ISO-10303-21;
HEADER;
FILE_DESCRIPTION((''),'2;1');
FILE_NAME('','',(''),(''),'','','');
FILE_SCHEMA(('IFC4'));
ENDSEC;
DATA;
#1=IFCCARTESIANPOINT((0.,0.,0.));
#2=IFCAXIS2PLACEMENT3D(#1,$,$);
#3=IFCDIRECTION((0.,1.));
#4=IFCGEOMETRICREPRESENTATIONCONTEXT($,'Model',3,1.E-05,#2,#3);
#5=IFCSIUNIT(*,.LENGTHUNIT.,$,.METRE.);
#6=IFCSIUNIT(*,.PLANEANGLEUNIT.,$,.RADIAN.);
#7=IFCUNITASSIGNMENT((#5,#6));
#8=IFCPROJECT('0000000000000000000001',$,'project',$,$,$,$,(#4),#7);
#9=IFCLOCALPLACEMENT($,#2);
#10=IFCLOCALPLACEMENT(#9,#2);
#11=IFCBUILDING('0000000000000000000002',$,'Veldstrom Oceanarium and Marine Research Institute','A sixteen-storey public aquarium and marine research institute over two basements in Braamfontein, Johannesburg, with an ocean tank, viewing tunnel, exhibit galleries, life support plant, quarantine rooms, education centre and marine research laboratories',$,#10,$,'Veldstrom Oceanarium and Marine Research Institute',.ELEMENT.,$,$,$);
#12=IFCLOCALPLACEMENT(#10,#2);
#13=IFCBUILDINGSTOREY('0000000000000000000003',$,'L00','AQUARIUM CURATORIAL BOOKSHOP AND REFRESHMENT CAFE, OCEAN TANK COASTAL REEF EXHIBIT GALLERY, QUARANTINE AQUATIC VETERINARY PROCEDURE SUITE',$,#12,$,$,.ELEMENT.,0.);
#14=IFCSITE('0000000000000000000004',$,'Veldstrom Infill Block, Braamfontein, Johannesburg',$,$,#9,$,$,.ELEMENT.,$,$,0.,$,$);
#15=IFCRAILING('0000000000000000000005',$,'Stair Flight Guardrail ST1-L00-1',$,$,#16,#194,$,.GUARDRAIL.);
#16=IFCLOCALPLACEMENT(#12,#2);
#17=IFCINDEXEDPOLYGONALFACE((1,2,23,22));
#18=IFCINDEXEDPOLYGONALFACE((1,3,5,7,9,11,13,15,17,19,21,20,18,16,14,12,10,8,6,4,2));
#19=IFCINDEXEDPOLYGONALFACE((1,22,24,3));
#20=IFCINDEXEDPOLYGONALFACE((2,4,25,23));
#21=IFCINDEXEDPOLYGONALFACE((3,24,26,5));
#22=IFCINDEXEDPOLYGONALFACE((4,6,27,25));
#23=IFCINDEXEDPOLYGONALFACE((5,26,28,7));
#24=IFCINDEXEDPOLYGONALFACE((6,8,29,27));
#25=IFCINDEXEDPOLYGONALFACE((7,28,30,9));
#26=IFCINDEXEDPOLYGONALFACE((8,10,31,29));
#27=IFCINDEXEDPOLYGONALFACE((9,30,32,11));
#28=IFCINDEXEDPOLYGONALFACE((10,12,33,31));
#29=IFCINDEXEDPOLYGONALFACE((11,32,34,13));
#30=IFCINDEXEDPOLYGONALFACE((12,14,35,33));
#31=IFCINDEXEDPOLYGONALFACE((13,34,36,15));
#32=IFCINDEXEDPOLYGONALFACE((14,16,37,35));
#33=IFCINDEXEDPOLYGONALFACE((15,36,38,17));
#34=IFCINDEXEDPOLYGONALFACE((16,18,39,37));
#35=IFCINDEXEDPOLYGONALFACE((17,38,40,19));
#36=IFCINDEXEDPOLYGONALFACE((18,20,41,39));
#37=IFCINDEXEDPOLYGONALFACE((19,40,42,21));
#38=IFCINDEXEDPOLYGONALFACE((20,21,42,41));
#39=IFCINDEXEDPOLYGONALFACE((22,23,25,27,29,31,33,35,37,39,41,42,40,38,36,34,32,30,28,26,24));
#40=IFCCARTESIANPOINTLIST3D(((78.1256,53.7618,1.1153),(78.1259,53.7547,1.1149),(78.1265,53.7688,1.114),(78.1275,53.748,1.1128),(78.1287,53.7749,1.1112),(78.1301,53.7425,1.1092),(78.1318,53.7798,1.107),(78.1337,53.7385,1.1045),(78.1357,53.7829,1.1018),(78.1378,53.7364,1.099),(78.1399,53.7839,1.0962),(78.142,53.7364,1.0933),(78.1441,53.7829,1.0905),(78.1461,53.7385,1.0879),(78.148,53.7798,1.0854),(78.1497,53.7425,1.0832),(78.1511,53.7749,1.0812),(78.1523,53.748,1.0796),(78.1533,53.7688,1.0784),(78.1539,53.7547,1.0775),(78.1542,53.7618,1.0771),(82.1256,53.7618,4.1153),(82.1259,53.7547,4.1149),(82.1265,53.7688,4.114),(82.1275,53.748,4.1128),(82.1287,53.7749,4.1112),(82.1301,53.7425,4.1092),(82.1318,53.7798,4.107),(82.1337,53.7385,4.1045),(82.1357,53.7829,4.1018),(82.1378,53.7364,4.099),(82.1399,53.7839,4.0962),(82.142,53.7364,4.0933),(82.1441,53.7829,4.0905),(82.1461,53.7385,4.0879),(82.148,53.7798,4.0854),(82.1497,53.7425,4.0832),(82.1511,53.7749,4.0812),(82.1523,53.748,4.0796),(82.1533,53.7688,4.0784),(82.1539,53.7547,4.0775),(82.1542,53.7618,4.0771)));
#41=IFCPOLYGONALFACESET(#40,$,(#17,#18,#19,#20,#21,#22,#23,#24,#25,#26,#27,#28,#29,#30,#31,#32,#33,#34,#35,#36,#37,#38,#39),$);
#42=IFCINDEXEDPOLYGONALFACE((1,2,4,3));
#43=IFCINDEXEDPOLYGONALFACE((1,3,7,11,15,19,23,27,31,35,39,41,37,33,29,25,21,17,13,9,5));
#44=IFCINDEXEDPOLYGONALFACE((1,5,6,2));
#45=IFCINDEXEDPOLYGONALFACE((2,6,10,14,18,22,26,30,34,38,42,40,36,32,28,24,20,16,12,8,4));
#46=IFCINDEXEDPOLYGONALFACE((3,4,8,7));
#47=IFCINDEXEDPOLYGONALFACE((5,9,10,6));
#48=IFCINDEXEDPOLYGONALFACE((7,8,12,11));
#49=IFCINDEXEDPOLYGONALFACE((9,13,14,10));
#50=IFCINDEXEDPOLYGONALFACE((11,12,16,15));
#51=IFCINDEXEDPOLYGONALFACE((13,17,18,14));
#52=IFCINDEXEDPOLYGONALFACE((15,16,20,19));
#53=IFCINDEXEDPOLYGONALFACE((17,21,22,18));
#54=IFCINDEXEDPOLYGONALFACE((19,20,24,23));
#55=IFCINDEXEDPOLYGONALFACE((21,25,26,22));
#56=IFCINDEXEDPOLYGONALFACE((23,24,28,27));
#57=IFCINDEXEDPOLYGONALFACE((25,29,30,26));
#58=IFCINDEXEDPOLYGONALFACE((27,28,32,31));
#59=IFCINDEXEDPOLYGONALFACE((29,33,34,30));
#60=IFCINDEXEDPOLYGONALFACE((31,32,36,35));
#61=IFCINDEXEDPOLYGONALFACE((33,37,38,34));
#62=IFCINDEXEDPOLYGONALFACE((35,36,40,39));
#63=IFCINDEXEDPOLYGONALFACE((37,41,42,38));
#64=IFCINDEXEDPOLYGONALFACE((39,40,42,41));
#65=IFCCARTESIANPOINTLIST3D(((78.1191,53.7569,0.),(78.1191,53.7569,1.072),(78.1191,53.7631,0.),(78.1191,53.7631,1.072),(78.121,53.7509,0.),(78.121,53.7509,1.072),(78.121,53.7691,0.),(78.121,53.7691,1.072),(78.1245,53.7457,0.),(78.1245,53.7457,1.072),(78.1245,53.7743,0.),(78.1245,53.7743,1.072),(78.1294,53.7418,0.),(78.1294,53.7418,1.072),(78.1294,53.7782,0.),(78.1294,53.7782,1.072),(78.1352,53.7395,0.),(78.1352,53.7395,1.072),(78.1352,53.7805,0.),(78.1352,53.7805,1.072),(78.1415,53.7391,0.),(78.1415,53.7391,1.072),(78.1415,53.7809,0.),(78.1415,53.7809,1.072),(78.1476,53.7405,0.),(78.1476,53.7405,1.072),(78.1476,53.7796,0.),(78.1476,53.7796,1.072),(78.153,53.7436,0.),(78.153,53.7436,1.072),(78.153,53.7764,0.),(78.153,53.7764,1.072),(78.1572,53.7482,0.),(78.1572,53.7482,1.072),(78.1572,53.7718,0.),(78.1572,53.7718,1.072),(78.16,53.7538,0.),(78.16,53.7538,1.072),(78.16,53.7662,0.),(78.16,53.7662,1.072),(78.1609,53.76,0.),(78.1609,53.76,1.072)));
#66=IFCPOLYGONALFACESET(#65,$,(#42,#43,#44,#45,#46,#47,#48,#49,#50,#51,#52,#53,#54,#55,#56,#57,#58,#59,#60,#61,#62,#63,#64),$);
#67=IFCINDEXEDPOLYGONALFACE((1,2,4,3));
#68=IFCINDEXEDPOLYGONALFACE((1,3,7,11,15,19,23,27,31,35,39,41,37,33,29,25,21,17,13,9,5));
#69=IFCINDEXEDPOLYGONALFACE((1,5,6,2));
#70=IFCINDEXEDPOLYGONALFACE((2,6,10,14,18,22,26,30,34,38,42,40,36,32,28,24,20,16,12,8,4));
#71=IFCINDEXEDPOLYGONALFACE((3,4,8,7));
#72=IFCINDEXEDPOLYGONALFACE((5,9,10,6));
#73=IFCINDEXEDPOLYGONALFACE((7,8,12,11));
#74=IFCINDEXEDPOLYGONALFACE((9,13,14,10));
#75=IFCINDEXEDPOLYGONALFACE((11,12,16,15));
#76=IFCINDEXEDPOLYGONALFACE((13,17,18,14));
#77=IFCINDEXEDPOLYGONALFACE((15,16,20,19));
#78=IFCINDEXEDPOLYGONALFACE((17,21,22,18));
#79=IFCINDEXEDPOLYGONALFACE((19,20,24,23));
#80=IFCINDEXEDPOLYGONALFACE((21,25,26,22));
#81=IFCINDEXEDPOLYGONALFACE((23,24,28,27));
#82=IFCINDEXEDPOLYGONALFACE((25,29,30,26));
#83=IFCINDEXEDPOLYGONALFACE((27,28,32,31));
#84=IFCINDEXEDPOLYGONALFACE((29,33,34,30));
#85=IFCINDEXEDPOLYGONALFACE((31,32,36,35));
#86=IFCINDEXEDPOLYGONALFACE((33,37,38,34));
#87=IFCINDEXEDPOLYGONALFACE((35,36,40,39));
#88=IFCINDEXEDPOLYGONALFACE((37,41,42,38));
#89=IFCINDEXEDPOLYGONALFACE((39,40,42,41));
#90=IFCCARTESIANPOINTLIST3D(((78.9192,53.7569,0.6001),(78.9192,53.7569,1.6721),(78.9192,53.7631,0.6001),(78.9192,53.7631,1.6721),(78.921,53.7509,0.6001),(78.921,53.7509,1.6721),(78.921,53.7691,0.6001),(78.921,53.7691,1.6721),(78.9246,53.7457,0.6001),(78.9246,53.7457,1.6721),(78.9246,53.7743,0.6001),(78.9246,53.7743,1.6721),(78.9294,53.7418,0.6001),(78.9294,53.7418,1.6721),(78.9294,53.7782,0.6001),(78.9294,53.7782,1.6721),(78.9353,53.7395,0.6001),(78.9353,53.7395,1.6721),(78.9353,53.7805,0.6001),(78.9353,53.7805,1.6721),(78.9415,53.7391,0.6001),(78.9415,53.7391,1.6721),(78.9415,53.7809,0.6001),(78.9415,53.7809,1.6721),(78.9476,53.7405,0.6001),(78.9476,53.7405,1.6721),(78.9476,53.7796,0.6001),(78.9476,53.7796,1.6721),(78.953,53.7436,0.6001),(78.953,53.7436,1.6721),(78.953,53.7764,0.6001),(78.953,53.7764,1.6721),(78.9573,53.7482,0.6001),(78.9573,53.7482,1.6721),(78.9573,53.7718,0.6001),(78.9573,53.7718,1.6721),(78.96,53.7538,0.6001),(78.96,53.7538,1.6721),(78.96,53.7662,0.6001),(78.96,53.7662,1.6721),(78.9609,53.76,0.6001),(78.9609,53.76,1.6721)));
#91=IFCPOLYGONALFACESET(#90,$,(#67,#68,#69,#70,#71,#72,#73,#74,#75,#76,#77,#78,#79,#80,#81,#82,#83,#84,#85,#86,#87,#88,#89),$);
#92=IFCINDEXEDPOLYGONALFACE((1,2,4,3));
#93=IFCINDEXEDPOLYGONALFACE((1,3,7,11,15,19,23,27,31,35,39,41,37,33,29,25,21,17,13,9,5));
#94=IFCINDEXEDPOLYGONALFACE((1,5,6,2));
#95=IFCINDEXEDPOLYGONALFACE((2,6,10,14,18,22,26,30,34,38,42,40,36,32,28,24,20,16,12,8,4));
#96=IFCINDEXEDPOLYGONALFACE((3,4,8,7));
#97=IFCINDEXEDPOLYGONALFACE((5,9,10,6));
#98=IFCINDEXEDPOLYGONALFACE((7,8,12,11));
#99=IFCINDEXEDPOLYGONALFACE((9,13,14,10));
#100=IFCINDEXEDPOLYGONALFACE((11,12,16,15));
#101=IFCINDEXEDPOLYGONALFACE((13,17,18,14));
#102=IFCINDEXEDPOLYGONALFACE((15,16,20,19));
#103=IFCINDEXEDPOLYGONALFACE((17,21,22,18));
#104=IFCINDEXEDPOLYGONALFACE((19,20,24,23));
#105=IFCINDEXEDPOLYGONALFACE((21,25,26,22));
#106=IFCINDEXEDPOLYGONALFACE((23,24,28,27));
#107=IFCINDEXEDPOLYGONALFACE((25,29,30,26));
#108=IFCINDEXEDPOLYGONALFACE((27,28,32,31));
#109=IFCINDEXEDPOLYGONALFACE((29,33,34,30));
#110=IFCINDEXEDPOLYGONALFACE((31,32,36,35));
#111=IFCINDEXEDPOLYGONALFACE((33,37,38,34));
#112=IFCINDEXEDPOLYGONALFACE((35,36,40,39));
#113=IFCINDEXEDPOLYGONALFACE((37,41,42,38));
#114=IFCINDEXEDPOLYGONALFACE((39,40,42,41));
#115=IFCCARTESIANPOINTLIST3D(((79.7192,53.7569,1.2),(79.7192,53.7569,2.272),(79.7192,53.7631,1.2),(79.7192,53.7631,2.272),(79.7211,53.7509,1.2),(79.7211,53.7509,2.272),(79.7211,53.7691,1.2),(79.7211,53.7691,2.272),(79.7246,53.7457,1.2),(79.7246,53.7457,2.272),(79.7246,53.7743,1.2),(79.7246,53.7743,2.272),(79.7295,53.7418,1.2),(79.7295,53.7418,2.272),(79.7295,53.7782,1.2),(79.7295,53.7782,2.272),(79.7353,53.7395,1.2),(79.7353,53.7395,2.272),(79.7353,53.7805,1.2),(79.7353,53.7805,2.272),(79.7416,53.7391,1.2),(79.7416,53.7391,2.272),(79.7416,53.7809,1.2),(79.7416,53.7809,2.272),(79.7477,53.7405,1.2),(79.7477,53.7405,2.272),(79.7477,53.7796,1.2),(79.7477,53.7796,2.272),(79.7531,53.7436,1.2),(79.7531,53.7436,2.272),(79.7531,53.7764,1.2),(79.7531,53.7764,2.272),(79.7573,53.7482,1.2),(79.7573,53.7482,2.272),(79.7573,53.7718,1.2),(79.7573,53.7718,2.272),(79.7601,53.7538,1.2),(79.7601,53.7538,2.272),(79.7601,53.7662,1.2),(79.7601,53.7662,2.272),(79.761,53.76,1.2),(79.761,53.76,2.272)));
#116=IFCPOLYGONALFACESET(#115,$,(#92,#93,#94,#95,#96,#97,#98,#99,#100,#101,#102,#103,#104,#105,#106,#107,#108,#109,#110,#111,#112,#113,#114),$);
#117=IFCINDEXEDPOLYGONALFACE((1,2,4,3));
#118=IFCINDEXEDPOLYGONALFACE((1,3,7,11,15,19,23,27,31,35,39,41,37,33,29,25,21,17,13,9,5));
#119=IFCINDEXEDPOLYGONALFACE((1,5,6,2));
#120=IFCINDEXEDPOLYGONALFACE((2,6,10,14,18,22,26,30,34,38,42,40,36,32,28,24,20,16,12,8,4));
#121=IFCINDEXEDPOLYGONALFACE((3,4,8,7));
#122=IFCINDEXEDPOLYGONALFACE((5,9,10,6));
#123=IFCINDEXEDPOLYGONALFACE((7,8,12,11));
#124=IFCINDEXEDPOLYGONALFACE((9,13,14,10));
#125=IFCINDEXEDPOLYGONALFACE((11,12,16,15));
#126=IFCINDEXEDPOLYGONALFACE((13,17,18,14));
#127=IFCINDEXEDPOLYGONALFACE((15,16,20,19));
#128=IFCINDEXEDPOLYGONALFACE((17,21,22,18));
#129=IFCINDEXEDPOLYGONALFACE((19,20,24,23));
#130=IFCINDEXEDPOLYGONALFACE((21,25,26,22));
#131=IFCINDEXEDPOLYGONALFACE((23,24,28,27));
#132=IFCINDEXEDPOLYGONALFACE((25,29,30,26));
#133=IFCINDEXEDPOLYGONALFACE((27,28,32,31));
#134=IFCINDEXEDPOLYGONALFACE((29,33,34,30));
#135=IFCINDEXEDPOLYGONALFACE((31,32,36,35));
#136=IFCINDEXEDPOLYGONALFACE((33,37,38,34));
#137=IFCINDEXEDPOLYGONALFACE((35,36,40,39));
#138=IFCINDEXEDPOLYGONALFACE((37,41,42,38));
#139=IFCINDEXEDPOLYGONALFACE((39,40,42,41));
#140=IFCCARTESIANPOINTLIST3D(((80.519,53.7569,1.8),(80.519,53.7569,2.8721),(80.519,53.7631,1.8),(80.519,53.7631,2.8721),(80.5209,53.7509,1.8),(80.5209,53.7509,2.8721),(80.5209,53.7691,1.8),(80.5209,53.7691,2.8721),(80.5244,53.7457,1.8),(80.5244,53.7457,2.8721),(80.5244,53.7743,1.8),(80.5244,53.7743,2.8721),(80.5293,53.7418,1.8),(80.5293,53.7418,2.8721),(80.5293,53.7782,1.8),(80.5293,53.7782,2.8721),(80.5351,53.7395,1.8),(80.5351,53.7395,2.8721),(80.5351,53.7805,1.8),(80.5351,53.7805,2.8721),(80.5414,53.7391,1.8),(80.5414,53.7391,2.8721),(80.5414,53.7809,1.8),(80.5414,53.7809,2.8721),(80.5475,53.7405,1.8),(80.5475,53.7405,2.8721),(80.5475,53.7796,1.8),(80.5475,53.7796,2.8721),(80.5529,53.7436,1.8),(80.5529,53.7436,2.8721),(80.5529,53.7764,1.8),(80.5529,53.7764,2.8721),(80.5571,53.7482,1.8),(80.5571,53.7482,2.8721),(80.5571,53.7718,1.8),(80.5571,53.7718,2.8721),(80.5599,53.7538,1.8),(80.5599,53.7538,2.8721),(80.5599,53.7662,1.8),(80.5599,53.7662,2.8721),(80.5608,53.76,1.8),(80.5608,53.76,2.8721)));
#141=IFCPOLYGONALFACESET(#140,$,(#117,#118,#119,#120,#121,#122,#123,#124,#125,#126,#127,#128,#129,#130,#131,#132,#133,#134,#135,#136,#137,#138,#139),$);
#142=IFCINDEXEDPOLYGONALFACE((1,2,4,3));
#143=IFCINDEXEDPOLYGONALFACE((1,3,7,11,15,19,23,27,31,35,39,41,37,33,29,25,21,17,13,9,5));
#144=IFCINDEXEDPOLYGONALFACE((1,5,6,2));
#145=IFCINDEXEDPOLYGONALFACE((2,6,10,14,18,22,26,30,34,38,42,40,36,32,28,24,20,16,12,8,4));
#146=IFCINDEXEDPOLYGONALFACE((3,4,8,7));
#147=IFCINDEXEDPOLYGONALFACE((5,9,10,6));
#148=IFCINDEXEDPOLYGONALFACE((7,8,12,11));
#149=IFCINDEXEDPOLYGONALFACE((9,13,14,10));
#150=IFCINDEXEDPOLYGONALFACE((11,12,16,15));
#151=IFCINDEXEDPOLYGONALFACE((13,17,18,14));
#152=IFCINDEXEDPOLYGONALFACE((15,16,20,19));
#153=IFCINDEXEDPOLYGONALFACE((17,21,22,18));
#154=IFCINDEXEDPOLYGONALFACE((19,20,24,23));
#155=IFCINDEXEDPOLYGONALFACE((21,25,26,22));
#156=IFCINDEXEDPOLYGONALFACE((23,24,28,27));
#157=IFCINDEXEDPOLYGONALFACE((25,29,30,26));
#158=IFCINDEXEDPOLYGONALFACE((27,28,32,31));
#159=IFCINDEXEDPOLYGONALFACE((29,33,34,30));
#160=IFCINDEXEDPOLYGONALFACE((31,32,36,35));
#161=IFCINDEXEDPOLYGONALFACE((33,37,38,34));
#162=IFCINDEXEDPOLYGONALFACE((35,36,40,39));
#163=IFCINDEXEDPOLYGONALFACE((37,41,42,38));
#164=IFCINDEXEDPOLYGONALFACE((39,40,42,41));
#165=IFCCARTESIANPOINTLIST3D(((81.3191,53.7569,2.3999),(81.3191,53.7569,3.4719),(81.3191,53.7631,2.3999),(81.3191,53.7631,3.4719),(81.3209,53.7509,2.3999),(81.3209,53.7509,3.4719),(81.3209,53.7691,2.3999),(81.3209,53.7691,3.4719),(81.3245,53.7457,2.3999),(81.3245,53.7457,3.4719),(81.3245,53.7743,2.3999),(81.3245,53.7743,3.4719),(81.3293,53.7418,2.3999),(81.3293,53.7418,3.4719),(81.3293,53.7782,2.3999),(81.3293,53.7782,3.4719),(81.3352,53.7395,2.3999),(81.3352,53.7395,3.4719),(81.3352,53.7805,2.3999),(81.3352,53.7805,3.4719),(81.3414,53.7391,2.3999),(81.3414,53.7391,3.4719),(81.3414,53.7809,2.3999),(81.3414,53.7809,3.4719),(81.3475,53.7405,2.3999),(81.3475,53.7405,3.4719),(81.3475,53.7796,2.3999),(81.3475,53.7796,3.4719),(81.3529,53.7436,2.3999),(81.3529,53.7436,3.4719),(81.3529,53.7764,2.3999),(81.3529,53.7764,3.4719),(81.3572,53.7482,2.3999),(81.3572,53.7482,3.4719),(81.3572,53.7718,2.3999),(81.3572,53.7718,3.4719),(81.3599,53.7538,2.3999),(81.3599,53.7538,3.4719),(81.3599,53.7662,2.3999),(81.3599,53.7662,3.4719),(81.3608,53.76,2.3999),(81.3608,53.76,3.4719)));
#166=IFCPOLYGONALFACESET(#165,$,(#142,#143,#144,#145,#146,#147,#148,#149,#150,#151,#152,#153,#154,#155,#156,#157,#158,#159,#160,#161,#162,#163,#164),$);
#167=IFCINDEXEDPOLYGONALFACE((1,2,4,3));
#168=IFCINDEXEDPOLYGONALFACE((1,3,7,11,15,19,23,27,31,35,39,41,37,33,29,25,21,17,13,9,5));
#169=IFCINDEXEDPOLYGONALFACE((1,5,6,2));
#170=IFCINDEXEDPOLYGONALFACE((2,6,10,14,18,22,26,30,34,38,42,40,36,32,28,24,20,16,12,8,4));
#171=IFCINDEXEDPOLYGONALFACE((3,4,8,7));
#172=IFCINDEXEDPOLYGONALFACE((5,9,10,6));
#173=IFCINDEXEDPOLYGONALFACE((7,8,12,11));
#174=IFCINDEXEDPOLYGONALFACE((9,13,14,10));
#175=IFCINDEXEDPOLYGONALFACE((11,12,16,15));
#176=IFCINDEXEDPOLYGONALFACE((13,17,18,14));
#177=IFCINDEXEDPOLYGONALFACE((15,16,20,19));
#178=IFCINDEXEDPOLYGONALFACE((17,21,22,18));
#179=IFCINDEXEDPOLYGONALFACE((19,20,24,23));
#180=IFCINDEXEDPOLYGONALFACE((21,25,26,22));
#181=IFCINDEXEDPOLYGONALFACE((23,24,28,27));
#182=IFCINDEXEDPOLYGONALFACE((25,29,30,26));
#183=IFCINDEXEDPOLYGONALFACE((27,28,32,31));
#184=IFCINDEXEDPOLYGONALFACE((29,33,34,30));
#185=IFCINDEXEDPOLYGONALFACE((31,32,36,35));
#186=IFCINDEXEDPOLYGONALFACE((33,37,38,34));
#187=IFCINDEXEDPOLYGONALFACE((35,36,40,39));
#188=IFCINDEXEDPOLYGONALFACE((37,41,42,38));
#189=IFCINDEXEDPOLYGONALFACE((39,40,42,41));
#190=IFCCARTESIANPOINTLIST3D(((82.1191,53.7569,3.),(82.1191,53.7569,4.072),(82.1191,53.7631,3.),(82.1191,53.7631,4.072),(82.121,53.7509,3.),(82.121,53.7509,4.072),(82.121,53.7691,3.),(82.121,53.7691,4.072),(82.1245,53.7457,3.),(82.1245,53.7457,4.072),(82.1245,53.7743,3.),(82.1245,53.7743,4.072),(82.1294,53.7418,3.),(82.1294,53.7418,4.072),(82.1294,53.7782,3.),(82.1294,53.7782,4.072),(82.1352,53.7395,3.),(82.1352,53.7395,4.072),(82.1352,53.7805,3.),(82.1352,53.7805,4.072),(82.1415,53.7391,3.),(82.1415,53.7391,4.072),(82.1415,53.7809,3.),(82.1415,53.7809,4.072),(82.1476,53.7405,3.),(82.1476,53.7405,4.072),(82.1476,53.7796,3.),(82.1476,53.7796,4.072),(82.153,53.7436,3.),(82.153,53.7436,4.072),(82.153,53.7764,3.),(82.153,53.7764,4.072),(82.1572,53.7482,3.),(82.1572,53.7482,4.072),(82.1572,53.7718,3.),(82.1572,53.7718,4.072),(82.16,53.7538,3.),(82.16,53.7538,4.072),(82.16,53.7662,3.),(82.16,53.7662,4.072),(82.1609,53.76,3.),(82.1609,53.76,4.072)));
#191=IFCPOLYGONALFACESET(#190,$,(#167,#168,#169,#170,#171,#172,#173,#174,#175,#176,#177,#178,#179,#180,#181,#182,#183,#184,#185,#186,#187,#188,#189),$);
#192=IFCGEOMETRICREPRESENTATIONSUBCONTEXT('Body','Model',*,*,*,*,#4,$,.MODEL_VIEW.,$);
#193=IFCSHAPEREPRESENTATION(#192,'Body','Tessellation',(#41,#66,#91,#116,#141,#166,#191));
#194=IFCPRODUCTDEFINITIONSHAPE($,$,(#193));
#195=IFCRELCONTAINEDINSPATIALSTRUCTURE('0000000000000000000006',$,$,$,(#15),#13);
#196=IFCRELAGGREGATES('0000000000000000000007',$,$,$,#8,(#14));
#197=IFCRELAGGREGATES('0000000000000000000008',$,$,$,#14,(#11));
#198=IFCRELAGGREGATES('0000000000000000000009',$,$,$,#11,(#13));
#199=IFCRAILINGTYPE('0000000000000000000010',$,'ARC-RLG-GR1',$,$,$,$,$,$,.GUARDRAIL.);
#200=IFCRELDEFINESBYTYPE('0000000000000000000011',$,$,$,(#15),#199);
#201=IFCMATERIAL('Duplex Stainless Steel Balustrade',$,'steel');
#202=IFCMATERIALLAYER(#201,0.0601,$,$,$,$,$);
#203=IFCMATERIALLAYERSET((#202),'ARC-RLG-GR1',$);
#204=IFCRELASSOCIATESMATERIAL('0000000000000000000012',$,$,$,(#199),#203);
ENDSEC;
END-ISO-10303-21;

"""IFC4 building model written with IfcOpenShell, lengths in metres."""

from ifc_helpers import new_model, si_unit, direction, frame, origin, origin_2d, place, context, subcontext, project, spatial, circle, extrude, material, layer, layer_set, type_object, element, save


model = new_model("IFC4")

# Units and contexts
model_context = context("Model", 3, precision=1e-05, world=origin(), true_north=direction((0.0, 1.0)))
body_context = subcontext(model_context, "Body", "Model", "MODEL_VIEW")
ifc_project = project(units=[si_unit("LENGTHUNIT", "METRE"), si_unit("PLANEANGLEUNIT", "RADIAN")], contexts=[model_context])

# Site, building, storey
site_placement = place(None, origin())
site = spatial("IfcSite", under=ifc_project, at=site_placement, Name="Veldstrom Infill Block, Braamfontein, Johannesburg", CompositionType="ELEMENT", RefElevation=0.0)
building_placement = place(site_placement, origin())
building = spatial("IfcBuilding", under=site, at=building_placement, Name="Veldstrom Oceanarium and Marine Research Institute", Description="A sixteen-storey public aquarium and marine research institute over two basements in Braamfontein, Johannesburg, with an ocean tank, viewing tunnel, exhibit galleries, life support plant, quarantine rooms, education centre and marine research laboratories", LongName="Veldstrom Oceanarium and Marine Research Institute", CompositionType="ELEMENT")
storey_placement = place(building_placement, origin())
storey = spatial("IfcBuildingStorey", under=building, at=storey_placement, Name="L00", Description="AQUARIUM CURATORIAL BOOKSHOP AND REFRESHMENT CAFE, OCEAN TANK COASTAL REEF EXHIBIT GALLERY, QUARANTINE AQUATIC VETERINARY PROCEDURE SUITE", CompositionType="ELEMENT", Elevation=0.0)

# Railing
ifc_material_1 = material(Name="Duplex Stainless Steel Balustrade", Category="steel")
ifc_layer_1 = layer(ifc_material_1, 0.0601)
ifc_layer_set_1 = layer_set([ifc_layer_1], Name="ARC-RLG-GR1")
railing_type_1 = type_object("IfcRailingType", Name="ARC-RLG-GR1", PredefinedType="GUARDRAIL", material=ifc_layer_set_1)
railing_1_placement = place(storey_placement, frame((78.1399, 53.76, 0.0)))
element("IfcRailing", 1, at=railing_1_placement, inside=storey, type_object=railing_type_1, Name="Stair Flight Guardrail ST1-L00-1", PredefinedType="GUARDRAIL", context=body_context, shape_type="SweptSolid", body=[
    extrude(circle(Radius=0.0239, at=origin_2d()), frame((0.0, 0.0, 1.0962), z_axis=(0.8, 0.0, 0.6), x_axis=(0.0, 1.0, 0.0)), (0.0, 0.0, 1.0), 5.0),
    extrude(circle(Radius=0.021, at=origin_2d()), origin(), (0.0, 0.0, 1.0), 1.072),
    extrude(circle(Radius=0.021, at=origin_2d()), frame((0.8, 0.0, 0.6001)), (0.0, 0.0, 1.0), 1.072),
    extrude(circle(Radius=0.021, at=origin_2d()), frame((1.6001, 0.0, 1.2)), (0.0, 0.0, 1.0), 1.072),
    extrude(circle(Radius=0.021, at=origin_2d()), frame((2.3999, 0.0, 1.8)), (0.0, 0.0, 1.0), 1.072),
    extrude(circle(Radius=0.021, at=origin_2d()), frame((3.2, 0.0, 2.3999)), (0.0, 0.0, 1.0), 1.072),
    extrude(circle(Radius=0.021, at=origin_2d()), frame((4.0, 0.0, 3.0)), (0.0, 0.0, 1.0), 1.072),
])

save(model, "model.ifc")
